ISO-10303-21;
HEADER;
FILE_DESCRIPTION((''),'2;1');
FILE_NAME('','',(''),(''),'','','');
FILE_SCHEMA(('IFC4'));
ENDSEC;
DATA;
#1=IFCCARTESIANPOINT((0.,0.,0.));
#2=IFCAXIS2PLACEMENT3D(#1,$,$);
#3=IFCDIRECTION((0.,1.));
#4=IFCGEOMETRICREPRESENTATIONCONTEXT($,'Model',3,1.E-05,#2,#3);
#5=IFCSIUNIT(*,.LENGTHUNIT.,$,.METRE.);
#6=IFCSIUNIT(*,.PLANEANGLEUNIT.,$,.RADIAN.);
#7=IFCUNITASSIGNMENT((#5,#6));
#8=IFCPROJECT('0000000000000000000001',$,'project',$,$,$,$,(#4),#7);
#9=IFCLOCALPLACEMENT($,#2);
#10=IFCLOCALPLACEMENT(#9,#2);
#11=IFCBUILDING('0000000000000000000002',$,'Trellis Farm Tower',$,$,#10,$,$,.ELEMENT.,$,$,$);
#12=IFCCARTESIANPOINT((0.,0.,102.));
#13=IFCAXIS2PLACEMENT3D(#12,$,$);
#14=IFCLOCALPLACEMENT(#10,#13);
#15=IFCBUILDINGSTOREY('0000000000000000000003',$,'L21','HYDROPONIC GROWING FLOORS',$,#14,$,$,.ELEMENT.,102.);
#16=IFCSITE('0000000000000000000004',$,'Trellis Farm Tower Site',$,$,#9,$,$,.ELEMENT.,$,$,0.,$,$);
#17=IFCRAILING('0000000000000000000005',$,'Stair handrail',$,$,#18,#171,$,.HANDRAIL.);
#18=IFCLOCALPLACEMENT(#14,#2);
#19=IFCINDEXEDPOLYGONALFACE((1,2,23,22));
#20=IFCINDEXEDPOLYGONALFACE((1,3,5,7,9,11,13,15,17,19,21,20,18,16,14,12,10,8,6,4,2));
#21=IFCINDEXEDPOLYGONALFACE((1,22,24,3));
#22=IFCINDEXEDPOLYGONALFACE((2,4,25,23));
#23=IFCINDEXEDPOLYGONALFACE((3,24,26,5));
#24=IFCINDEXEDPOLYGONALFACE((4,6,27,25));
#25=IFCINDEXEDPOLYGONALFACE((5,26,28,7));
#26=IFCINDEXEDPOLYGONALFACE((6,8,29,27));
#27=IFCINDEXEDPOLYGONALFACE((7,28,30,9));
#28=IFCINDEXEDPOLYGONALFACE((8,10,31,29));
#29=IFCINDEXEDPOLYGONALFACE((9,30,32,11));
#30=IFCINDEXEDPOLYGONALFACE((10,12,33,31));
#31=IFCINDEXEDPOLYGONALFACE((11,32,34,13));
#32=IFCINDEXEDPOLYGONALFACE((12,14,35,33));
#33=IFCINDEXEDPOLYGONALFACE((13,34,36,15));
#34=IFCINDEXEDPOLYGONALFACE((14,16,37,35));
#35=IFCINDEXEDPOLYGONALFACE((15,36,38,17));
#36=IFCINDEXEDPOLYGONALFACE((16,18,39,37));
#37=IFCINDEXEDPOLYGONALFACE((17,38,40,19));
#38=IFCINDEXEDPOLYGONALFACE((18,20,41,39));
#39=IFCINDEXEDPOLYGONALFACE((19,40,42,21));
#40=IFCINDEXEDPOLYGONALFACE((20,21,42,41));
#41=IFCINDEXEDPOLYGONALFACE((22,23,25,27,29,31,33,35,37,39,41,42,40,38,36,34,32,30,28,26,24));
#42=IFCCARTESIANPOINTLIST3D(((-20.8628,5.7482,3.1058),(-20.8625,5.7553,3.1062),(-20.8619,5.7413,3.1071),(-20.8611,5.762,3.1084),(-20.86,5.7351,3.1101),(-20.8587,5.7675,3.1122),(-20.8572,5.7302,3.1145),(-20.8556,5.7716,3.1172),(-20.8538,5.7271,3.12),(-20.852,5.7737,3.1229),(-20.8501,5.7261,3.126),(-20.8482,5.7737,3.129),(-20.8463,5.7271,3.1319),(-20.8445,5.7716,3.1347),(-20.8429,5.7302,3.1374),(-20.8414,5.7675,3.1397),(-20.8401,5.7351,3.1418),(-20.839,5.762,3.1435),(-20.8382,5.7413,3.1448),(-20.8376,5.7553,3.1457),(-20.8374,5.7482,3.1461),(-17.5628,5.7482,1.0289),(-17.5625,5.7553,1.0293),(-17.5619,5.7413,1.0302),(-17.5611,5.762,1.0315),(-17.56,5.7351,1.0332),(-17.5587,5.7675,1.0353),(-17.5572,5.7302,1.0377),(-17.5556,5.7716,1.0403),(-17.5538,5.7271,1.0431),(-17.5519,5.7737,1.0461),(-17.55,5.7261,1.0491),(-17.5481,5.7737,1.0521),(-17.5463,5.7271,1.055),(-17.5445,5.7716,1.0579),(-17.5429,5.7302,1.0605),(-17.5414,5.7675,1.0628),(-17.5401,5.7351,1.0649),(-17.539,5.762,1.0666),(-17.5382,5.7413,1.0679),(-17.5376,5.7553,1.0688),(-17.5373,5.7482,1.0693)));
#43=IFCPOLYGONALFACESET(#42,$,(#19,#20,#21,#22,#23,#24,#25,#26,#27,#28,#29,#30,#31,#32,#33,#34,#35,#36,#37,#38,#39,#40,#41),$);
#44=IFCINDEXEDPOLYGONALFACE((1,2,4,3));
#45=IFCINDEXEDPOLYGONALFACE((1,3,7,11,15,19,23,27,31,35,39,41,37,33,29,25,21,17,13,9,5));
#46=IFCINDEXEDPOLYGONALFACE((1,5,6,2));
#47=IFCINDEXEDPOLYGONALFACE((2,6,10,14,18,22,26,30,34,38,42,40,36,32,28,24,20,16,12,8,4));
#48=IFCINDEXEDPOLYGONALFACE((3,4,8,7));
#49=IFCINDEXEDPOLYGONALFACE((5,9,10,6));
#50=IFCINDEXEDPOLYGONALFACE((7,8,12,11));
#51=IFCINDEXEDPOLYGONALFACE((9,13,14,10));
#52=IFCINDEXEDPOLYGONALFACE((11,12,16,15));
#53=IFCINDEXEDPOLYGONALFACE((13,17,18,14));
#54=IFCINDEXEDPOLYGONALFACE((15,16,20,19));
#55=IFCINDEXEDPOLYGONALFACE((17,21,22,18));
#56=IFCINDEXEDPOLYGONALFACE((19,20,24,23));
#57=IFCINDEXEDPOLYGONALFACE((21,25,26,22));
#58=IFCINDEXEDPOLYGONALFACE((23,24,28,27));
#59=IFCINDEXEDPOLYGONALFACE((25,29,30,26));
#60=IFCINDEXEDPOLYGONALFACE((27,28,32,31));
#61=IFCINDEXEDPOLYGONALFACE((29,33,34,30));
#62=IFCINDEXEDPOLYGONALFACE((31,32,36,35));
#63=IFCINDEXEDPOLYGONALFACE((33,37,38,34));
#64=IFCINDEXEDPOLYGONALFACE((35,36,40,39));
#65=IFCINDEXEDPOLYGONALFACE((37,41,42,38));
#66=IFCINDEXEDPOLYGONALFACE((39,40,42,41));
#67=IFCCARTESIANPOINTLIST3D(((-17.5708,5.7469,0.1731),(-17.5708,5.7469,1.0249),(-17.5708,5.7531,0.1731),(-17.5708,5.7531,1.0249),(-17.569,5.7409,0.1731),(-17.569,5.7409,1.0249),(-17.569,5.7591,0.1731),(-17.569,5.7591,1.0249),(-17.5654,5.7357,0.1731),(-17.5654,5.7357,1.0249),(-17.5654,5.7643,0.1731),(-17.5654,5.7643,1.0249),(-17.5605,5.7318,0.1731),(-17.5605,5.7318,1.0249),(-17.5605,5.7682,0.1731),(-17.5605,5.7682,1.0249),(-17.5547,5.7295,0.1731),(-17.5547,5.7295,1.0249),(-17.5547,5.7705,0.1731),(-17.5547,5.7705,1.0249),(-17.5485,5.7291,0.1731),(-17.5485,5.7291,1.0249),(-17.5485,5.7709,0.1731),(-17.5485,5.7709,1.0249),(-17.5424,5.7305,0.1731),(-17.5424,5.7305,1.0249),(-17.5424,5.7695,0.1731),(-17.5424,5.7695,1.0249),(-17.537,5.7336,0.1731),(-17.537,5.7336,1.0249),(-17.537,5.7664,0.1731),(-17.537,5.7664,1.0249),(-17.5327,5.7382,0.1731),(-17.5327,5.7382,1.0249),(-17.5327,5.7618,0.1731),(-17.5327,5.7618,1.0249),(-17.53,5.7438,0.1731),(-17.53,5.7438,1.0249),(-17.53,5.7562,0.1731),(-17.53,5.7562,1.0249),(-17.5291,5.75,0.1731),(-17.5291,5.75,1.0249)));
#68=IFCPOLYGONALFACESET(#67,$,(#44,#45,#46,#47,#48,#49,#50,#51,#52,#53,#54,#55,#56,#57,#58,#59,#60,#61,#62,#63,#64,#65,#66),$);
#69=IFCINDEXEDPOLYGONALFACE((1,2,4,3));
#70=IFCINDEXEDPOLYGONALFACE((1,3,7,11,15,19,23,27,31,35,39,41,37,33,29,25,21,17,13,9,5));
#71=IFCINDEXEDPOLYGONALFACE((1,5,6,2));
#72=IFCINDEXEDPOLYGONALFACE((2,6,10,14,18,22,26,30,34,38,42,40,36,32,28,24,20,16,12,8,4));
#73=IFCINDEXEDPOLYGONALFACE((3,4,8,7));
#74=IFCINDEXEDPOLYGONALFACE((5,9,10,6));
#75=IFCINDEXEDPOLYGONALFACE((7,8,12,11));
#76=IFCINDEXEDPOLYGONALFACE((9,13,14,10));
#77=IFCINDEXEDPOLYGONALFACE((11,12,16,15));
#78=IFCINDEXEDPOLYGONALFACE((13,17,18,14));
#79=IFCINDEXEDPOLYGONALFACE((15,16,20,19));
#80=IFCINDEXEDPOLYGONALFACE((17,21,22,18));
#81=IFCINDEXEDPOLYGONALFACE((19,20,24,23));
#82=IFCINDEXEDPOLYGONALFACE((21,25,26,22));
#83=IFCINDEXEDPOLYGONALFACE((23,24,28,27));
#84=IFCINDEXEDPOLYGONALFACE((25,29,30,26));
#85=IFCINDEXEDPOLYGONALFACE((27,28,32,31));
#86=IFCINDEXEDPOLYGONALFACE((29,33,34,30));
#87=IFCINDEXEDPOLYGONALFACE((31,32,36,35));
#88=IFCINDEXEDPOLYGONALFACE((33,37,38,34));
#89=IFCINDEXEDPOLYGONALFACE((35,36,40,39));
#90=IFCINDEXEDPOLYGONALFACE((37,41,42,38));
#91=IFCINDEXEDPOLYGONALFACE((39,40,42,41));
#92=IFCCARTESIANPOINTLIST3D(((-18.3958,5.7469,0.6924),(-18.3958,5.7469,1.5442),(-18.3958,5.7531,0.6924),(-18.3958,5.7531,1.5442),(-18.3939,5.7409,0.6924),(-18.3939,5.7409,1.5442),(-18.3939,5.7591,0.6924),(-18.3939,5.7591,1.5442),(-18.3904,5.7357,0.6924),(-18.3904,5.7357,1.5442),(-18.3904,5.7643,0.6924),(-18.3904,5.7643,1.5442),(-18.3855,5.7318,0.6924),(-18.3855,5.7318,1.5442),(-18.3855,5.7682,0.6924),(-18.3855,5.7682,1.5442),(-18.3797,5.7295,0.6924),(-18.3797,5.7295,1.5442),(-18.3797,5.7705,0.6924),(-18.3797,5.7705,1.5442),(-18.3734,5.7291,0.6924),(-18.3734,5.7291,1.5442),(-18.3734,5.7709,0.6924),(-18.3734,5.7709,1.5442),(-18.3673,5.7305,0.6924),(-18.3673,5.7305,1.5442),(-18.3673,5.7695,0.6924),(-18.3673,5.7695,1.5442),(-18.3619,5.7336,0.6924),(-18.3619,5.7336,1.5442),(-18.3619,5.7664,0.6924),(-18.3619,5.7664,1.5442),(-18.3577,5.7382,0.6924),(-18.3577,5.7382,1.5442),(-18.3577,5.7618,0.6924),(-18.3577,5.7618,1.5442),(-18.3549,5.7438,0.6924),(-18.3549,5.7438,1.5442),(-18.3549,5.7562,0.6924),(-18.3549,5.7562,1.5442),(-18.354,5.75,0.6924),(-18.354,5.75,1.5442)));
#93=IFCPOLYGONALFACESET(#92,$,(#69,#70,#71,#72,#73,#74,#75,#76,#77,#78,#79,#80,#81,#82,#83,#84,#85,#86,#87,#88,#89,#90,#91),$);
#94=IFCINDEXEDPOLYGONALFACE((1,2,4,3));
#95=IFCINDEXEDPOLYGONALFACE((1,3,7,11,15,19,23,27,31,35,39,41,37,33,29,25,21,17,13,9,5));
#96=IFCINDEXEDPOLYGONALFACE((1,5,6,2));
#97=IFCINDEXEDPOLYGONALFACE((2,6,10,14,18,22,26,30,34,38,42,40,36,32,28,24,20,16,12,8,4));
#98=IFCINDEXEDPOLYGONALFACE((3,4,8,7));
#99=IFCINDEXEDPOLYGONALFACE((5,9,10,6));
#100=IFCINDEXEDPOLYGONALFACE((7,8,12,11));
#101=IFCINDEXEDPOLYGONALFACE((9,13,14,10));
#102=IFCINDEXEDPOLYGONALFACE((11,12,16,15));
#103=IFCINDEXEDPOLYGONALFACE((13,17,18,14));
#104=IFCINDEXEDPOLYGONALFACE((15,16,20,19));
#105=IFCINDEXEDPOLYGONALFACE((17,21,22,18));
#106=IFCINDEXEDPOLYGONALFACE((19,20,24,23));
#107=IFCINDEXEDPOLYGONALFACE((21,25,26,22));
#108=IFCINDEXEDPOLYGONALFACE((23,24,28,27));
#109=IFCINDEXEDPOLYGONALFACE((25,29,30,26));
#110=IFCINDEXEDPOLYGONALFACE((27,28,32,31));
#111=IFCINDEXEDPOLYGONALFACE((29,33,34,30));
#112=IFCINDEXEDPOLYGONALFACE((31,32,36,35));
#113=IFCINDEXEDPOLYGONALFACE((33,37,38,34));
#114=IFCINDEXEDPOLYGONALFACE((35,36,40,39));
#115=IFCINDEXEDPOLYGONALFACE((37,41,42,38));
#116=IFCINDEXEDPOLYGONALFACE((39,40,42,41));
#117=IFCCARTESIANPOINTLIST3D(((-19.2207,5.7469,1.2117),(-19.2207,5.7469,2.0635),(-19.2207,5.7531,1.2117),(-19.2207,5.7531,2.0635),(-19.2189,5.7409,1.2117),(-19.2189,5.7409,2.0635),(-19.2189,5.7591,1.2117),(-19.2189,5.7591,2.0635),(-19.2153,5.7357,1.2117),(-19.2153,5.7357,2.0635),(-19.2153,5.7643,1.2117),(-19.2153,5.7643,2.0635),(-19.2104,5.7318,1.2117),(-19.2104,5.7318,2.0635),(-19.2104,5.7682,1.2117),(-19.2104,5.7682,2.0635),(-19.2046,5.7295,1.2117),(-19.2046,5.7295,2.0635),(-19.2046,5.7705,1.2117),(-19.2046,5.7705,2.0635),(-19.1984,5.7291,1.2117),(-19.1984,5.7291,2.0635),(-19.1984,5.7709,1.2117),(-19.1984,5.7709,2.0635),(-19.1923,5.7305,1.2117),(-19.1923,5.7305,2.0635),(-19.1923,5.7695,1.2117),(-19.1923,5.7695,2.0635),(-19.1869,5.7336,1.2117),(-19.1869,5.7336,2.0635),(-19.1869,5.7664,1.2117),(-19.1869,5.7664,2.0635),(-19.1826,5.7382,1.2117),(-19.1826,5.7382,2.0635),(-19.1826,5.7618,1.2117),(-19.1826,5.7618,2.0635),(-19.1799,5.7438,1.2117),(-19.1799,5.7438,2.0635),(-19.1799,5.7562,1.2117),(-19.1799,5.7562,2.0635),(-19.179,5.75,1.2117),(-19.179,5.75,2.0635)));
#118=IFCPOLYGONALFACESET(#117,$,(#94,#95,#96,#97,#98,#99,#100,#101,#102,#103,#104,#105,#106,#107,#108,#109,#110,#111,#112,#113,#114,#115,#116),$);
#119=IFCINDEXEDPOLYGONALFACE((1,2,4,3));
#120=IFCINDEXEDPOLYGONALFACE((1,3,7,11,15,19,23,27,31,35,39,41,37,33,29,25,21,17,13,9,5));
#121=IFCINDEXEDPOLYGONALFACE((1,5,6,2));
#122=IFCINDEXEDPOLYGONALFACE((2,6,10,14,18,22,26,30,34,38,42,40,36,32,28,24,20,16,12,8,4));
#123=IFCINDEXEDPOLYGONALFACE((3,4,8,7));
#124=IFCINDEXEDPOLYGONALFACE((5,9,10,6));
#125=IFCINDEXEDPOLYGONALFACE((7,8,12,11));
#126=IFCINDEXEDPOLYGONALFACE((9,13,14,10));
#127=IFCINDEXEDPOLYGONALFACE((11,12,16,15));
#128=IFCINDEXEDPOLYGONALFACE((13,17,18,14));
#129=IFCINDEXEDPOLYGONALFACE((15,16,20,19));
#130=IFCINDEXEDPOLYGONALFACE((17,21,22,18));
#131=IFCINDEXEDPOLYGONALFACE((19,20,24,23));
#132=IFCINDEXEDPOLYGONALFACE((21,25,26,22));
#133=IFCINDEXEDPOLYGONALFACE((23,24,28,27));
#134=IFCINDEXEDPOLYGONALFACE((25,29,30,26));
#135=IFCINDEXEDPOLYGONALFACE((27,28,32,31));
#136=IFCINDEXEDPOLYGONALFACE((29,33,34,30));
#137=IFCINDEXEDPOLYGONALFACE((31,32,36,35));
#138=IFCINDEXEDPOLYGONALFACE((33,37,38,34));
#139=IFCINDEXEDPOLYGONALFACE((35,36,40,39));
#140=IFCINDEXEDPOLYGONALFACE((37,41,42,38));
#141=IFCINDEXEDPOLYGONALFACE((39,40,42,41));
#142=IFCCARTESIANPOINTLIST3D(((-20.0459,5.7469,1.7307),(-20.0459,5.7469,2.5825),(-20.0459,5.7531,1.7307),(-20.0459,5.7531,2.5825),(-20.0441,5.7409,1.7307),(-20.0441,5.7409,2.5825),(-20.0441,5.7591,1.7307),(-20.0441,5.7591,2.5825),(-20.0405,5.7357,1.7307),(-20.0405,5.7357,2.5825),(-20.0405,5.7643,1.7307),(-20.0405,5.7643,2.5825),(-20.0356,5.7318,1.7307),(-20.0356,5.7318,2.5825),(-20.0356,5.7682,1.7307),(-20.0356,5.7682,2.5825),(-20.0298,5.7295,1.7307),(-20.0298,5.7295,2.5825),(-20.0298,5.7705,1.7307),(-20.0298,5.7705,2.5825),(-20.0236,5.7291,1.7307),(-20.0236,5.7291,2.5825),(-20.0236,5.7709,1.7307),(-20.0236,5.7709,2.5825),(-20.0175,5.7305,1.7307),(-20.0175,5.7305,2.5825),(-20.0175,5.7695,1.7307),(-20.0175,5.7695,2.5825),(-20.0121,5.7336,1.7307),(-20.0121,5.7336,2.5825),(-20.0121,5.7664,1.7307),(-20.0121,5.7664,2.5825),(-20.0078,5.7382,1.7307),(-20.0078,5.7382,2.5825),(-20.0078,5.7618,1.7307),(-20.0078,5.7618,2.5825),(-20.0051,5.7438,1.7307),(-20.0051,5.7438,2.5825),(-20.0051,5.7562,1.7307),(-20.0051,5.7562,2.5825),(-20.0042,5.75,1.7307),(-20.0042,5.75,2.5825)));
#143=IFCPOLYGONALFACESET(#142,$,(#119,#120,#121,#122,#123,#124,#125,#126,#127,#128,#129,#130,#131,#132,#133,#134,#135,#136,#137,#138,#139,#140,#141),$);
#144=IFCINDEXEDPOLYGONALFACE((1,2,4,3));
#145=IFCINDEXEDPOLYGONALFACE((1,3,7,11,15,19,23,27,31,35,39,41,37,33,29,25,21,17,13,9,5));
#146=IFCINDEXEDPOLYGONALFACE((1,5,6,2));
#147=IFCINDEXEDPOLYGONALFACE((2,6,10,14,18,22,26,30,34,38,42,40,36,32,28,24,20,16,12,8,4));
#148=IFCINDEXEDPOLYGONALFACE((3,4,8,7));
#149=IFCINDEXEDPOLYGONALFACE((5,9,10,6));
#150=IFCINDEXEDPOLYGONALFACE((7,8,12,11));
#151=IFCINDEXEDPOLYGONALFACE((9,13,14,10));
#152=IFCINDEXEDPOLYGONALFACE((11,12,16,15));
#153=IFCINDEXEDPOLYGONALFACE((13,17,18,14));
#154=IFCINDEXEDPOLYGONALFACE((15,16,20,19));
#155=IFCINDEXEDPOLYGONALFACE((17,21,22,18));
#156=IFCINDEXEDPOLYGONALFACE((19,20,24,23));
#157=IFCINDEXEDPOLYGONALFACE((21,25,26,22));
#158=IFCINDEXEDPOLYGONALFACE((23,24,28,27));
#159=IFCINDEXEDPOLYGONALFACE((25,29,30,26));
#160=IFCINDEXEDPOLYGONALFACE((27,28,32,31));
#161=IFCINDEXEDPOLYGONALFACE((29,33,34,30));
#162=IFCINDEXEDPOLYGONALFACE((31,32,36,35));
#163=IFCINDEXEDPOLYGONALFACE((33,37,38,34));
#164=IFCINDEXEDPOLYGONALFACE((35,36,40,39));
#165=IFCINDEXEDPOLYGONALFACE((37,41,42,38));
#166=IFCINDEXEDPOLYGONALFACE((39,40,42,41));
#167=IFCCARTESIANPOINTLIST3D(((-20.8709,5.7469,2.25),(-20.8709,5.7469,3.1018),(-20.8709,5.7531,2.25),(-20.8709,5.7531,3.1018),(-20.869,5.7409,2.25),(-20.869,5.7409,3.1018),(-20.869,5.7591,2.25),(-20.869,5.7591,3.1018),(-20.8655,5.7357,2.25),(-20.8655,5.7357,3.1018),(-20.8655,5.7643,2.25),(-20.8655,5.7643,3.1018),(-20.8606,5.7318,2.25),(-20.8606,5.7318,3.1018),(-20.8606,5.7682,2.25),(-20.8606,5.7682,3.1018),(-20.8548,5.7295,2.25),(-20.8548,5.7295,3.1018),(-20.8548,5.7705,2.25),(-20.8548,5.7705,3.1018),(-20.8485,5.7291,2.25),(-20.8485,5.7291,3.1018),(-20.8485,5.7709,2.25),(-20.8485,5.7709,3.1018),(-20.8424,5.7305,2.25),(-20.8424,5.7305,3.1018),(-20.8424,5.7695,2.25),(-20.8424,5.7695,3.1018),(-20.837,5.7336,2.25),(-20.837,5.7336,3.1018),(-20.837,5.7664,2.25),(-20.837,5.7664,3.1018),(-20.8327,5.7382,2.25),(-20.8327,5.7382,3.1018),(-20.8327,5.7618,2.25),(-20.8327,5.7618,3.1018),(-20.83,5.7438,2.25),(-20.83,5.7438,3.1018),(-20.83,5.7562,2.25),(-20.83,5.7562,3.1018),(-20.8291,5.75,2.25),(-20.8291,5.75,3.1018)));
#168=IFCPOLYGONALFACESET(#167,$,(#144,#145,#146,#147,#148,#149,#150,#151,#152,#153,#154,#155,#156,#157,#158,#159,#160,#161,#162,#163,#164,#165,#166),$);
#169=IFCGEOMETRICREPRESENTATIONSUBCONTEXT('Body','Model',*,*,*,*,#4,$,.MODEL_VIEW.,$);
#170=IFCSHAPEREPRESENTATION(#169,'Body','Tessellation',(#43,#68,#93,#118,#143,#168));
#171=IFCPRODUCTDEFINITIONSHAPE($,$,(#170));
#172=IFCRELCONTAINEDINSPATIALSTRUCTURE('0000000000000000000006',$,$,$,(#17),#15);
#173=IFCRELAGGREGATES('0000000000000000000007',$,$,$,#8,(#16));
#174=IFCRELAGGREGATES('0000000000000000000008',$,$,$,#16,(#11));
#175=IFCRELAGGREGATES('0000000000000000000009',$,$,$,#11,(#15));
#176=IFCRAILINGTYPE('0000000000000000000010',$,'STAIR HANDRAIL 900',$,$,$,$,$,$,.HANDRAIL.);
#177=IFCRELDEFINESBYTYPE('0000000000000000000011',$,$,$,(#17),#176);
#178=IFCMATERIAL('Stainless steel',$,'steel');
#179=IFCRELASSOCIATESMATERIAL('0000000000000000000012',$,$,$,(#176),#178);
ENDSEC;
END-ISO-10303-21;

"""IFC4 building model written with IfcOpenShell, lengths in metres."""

from ifc_helpers import new_model, si_unit, direction, frame, origin, origin_2d, place, context, subcontext, project, spatial, circle, extrude, source, transform, mapped, material, type_object, element, save


model = new_model("IFC4")

# Units and contexts
model_context = context("Model", 3, precision=1e-05, world=origin(), true_north=direction((0.0, 1.0)))
body_context = subcontext(model_context, "Body", "Model", "MODEL_VIEW")
ifc_project = project(units=[si_unit("LENGTHUNIT", "METRE"), si_unit("PLANEANGLEUNIT", "RADIAN")], contexts=[model_context])

# Site, building, storey
site_placement = place(None, origin())
site = spatial("IfcSite", under=ifc_project, at=site_placement, Name="Trellis Farm Tower Site", CompositionType="ELEMENT", RefElevation=0.0)
building_placement = place(site_placement, origin())
building = spatial("IfcBuilding", under=site, at=building_placement, Name="Trellis Farm Tower", CompositionType="ELEMENT")
storey_placement = place(building_placement, frame((0.0, 0.0, 102.0)))
storey = spatial("IfcBuildingStorey", under=building, at=storey_placement, Name="L21", Description="HYDROPONIC GROWING FLOORS", CompositionType="ELEMENT", Elevation=102.0)

# Railing
ifc_material_1 = material(Name="Stainless steel", Category="steel")
railing_type = type_object("IfcRailingType", Name="STAIR HANDRAIL 900", PredefinedType="HANDRAIL", material=ifc_material_1)
shared_shape_1 = source(origin(), body_context, "Body", "SweptSolid", [
    extrude(circle(Radius=0.0239, at=origin_2d()), frame((0.0, 0.0, 0.876), z_axis=(-0.846337, 0.0, 0.532647), x_axis=(0.0, -1.0, 0.0)), (0.0, 0.0, 1.0), 3.8992),
    extrude(circle(Radius=0.021, at=origin_2d()), origin(), (0.0, 0.0, 1.0), 0.8518),
    extrude(circle(Radius=0.021, at=origin_2d()), frame((-0.825, 0.0, 0.5193)), (0.0, 0.0, 1.0), 0.8518),
    extrude(circle(Radius=0.021, at=origin_2d()), frame((-1.6499, 0.0, 1.0386)), (0.0, 0.0, 1.0), 0.8518),
    extrude(circle(Radius=0.021, at=origin_2d()), frame((-2.4751, 0.0, 1.5576)), (0.0, 0.0, 1.0), 0.8518),
    extrude(circle(Radius=0.021, at=origin_2d()), frame((-3.3, 0.0, 2.0769)), (0.0, 0.0, 1.0), 0.8518),
])
for number, where, name in (
    (1, (-17.55, 5.75, 0.1731), "Stair handrail"),
):
    element("IfcRailing", number, at=place(storey_placement, frame(where)), inside=storey, type_object=railing_type, Name=name, PredefinedType="HANDRAIL", context=body_context, shape_type="MappedRepresentation", body=[
        mapped(shared_shape_1, transform((0.0, 0.0, 0.0))),
    ])

save(model, "model.ifc")
